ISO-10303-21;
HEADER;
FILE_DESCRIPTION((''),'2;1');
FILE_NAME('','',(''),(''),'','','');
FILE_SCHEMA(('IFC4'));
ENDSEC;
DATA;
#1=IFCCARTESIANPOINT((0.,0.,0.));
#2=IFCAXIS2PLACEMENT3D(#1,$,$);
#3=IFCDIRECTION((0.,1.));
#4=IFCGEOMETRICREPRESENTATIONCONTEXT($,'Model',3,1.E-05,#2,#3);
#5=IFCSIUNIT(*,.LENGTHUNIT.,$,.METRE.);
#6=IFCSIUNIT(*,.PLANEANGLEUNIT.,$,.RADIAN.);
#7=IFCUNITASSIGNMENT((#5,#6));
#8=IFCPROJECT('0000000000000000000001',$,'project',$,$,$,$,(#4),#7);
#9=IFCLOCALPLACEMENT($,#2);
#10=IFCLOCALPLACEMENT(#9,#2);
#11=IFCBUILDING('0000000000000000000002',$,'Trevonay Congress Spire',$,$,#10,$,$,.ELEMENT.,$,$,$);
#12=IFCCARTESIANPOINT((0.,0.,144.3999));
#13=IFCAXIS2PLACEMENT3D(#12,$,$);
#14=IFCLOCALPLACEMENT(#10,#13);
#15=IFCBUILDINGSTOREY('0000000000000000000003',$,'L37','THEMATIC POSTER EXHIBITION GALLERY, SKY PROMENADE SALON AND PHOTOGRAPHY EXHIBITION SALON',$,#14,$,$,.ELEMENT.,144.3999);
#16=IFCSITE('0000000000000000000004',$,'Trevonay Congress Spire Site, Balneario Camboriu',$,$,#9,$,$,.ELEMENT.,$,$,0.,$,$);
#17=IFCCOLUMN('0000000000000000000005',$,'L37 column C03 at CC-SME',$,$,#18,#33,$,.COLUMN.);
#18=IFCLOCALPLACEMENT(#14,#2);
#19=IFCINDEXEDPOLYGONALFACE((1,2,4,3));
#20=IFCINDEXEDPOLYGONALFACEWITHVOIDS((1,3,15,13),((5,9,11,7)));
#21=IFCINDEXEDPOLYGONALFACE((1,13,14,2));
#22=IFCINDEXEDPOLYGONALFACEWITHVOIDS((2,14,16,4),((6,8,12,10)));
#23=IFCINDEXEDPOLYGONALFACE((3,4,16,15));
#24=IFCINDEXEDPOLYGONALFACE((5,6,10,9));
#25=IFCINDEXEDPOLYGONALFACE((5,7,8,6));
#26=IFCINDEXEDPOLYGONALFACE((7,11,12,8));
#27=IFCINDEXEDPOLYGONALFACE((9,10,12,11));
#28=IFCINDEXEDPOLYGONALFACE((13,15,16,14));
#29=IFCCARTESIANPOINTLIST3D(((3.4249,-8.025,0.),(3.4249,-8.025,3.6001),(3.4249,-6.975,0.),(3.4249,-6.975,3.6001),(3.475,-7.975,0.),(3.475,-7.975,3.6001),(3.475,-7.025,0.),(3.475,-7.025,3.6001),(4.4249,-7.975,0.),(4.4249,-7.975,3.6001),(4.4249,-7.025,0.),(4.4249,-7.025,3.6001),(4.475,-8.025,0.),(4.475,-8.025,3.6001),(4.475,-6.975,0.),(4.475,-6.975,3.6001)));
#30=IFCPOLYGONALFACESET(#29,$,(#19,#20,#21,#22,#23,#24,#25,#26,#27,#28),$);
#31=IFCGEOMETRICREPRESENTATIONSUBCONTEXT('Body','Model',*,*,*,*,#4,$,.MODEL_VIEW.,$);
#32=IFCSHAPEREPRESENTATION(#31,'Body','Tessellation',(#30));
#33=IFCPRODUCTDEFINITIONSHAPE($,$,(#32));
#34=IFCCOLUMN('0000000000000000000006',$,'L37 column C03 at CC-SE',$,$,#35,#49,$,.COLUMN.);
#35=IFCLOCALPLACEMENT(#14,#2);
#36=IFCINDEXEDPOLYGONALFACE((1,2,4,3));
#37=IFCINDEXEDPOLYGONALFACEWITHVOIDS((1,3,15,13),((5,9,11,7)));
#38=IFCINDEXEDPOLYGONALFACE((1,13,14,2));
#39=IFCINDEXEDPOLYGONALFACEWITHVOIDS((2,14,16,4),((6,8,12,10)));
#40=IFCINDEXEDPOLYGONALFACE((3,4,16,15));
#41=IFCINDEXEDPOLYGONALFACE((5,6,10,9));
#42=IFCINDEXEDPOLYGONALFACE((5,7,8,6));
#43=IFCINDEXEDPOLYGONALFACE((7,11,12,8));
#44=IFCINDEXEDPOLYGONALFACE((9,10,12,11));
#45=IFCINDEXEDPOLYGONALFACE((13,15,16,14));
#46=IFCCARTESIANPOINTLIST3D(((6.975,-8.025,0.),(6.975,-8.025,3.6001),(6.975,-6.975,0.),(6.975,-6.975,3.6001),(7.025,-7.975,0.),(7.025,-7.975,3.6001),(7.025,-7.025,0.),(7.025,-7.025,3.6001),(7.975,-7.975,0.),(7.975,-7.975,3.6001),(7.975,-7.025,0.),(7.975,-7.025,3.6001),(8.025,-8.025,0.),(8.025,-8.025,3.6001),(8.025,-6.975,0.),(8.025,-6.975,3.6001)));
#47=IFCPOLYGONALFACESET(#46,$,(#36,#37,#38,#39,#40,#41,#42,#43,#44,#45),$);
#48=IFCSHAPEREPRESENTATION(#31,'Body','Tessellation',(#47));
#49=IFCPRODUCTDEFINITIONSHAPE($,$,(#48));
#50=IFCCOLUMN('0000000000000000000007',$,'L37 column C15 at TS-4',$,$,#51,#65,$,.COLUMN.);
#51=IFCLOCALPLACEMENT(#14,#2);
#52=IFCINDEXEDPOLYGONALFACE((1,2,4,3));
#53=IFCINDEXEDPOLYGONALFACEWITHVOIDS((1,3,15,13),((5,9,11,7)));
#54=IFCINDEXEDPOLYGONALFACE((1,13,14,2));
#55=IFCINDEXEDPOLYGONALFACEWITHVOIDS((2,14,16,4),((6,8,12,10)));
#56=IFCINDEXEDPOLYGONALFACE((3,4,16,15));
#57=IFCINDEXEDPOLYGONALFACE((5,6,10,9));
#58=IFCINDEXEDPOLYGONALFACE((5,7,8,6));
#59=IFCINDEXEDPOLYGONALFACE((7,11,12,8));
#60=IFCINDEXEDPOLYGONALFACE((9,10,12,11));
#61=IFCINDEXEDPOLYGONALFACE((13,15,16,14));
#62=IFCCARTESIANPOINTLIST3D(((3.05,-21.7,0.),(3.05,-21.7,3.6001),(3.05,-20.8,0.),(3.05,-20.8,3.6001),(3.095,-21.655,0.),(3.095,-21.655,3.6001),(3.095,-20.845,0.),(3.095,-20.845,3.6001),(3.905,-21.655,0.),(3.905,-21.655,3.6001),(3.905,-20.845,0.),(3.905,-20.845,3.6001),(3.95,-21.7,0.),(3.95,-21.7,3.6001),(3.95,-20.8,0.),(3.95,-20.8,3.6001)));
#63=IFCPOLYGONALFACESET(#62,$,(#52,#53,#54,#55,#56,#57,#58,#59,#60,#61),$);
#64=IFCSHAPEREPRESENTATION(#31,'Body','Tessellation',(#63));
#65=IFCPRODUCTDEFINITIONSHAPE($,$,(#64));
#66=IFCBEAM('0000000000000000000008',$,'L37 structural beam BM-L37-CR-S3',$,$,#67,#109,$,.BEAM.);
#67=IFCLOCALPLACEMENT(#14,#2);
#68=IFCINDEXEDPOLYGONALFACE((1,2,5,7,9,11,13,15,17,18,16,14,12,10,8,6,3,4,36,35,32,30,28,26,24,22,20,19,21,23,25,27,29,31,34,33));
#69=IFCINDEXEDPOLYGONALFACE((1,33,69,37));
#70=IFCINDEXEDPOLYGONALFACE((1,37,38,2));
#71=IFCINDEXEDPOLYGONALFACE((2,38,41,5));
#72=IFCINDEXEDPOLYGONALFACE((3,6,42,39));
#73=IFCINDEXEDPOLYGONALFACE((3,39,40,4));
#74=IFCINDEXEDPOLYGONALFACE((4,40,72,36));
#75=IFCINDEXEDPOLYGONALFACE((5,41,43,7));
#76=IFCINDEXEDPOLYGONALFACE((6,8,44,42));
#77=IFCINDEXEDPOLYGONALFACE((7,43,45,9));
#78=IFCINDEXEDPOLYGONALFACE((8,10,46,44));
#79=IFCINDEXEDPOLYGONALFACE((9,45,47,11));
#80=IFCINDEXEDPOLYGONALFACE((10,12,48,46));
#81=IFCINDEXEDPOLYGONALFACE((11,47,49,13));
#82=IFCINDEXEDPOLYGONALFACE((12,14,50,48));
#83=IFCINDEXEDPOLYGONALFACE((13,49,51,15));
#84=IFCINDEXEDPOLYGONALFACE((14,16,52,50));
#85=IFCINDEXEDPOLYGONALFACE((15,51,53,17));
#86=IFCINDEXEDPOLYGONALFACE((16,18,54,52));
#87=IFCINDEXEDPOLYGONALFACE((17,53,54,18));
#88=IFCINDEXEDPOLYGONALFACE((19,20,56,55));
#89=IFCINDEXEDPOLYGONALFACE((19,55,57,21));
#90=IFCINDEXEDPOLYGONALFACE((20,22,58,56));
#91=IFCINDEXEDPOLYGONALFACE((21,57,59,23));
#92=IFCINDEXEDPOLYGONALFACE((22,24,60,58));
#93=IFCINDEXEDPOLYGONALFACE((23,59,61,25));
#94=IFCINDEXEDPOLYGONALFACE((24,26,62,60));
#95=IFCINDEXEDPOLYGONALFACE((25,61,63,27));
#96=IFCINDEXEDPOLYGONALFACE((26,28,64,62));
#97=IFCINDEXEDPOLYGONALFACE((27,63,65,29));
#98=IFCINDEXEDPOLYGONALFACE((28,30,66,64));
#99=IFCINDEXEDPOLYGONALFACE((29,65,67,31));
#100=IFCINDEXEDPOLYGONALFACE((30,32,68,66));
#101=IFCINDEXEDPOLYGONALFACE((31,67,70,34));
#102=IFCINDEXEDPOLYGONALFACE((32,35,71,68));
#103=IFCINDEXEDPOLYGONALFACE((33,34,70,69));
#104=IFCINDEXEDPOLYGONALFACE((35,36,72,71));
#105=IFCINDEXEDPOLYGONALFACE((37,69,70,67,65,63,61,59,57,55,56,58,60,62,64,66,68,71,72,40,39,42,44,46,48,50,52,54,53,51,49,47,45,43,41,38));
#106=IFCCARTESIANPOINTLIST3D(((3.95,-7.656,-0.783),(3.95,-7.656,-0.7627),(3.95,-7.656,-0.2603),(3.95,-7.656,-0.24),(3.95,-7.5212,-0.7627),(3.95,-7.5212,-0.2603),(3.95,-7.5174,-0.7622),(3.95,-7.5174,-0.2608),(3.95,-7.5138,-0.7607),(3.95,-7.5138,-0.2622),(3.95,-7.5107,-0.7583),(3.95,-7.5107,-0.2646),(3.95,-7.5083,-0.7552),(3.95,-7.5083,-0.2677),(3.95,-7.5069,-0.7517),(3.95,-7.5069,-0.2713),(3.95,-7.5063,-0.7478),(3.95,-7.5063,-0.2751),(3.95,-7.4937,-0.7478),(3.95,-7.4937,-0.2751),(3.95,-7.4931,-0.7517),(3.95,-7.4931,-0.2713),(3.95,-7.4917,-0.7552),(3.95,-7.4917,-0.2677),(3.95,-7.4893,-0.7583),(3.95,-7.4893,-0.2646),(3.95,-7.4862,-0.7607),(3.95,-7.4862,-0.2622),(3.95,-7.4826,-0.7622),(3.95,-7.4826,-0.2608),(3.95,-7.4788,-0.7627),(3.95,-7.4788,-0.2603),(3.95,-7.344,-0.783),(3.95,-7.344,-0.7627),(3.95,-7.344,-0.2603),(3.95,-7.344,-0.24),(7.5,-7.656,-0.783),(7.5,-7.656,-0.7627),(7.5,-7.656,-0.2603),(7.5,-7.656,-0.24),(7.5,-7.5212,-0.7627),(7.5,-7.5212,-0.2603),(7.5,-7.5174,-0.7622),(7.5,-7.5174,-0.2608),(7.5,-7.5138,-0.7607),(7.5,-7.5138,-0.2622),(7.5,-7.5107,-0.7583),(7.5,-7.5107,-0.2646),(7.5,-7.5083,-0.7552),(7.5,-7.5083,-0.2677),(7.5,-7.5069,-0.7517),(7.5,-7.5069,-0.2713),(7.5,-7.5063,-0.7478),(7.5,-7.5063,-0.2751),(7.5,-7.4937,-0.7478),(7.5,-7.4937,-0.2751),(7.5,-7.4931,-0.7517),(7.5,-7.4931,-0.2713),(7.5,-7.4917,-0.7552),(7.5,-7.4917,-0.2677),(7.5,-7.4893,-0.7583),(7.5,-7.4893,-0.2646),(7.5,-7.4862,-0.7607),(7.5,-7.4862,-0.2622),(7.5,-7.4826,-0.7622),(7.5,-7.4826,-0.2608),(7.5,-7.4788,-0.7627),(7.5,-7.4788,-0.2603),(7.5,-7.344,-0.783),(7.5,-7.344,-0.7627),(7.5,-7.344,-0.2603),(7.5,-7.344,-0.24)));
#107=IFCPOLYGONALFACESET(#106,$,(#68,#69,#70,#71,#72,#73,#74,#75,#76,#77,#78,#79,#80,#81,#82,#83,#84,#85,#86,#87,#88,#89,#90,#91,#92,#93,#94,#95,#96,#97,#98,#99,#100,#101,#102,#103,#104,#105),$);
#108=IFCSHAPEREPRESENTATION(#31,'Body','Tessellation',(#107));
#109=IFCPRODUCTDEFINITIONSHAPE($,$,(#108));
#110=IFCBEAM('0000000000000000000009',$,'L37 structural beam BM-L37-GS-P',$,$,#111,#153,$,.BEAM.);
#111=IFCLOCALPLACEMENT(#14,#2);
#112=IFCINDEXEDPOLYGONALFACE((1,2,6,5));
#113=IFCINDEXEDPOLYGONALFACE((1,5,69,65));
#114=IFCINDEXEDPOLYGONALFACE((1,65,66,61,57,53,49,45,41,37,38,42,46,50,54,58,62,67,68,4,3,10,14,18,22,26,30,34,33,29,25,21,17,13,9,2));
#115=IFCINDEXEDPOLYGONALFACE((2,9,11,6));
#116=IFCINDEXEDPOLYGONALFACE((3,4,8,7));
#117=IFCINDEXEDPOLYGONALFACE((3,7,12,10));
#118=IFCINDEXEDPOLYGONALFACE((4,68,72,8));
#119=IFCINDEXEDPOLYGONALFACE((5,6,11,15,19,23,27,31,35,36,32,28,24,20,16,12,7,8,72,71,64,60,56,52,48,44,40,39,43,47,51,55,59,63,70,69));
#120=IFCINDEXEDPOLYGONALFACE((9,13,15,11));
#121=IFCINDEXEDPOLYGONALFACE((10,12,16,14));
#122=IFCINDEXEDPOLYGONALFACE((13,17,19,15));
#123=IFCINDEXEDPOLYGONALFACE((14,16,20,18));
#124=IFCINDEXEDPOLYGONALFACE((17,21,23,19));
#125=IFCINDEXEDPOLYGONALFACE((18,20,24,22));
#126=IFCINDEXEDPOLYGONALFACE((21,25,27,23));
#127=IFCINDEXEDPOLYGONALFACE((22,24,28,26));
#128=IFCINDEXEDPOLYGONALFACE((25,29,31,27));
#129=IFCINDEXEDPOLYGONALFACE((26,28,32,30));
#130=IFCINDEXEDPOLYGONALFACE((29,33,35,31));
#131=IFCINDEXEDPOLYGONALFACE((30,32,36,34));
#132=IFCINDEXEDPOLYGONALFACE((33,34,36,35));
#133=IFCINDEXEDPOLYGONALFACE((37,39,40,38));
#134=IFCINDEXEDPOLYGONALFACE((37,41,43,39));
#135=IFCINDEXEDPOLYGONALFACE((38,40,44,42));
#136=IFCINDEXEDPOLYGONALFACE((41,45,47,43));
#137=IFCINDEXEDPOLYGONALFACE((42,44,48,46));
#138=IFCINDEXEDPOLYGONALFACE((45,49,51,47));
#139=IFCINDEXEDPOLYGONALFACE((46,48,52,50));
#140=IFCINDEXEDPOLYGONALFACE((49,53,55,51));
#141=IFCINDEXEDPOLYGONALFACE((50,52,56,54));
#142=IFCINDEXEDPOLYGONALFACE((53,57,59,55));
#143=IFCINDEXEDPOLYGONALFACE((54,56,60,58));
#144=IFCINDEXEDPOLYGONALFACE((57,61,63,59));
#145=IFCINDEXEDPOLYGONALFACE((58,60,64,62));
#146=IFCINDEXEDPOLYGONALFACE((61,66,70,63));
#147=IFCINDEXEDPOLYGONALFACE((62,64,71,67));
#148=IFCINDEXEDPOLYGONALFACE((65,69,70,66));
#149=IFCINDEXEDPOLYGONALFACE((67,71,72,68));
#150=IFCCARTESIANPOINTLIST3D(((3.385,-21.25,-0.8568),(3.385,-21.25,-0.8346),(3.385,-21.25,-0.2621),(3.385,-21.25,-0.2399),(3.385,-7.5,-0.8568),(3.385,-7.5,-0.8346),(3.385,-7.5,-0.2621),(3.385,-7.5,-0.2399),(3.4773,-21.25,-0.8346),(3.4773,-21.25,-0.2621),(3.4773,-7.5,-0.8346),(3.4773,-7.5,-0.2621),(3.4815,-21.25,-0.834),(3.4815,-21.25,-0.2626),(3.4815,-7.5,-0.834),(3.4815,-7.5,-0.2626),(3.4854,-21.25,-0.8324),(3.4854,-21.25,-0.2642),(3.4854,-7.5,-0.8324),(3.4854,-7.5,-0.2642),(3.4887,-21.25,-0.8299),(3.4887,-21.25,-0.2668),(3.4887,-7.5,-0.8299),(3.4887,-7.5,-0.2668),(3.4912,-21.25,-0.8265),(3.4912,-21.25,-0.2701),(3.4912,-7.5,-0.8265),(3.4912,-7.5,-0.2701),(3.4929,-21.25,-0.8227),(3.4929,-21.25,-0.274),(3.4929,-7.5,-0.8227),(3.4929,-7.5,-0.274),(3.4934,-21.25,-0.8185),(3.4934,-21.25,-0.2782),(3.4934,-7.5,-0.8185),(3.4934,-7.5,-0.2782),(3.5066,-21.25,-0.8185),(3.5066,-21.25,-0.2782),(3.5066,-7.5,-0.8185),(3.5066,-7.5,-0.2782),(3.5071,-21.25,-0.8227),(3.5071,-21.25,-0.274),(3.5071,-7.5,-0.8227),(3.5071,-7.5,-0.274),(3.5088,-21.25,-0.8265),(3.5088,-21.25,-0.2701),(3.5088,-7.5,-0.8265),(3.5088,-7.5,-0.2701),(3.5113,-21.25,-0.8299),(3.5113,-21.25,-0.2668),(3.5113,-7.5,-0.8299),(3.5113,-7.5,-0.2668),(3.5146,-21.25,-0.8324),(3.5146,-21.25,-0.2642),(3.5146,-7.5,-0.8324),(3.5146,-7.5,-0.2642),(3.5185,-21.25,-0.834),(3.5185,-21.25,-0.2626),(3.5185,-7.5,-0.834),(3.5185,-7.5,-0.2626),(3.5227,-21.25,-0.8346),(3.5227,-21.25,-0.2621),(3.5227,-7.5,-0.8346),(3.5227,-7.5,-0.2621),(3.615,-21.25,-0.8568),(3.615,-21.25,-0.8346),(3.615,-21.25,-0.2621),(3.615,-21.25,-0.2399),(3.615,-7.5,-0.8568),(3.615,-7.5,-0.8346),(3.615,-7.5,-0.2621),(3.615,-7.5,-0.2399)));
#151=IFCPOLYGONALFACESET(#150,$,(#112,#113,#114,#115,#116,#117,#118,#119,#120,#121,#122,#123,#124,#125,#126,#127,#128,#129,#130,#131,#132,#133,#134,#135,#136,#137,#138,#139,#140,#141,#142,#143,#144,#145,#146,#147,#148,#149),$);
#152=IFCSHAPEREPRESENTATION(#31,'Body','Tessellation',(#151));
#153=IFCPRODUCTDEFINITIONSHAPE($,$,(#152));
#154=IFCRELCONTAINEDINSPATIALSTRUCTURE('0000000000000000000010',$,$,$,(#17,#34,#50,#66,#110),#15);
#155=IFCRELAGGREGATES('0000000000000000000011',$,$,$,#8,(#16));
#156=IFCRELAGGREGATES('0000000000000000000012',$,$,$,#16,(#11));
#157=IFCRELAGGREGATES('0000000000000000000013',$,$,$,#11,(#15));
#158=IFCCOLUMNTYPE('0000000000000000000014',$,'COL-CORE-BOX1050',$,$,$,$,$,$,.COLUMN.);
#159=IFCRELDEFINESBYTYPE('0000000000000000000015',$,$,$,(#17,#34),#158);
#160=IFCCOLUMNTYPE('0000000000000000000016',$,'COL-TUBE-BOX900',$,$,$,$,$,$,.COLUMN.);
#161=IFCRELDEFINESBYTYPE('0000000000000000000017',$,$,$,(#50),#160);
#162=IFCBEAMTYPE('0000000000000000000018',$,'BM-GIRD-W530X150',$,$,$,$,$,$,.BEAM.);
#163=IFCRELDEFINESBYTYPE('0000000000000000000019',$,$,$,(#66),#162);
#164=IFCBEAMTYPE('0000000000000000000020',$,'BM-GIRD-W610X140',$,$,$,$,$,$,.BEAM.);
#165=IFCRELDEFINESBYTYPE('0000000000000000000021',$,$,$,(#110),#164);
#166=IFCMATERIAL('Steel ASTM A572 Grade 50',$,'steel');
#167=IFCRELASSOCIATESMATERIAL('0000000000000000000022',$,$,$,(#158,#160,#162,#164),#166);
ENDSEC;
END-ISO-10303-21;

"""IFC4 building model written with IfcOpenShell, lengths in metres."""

from ifc_helpers import new_model, si_unit, direction, frame, origin, origin_2d, place, context, subcontext, project, spatial, hollow_rectangle, i_section, extrude, material, material_profile, profile_set, type_object, element, save


model = new_model("IFC4")

# Units and contexts
model_context = context("Model", 3, precision=1e-05, world=origin(), true_north=direction((0.0, 1.0)))
body_context = subcontext(model_context, "Body", "Model", "MODEL_VIEW")
ifc_project = project(units=[si_unit("LENGTHUNIT", "METRE"), si_unit("PLANEANGLEUNIT", "RADIAN")], contexts=[model_context])

# Site, building, storey
site_placement = place(None, origin())
site = spatial("IfcSite", under=ifc_project, at=site_placement, Name="Trevonay Congress Spire Site, Balneario Camboriu", CompositionType="ELEMENT", RefElevation=0.0)
building_placement = place(site_placement, origin())
building = spatial("IfcBuilding", under=site, at=building_placement, Name="Trevonay Congress Spire", CompositionType="ELEMENT")
storey_placement = place(building_placement, frame((0.0, 0.0, 144.3999)))
storey = spatial("IfcBuildingStorey", under=building, at=storey_placement, Name="L37", Description="THEMATIC POSTER EXHIBITION GALLERY, SKY PROMENADE SALON AND PHOTOGRAPHY EXHIBITION SALON", CompositionType="ELEMENT", Elevation=144.3999)

# Columns
ifc_material_1 = material(Name="Steel ASTM A572 Grade 50", Category="steel")
ifc_material_profile_1 = material_profile(ifc_material_1, hollow_rectangle(XDim=1.05, YDim=1.05, WallThickness=0.05, at=origin_2d()), Name="BOX 1050x1050x50")
ifc_profile_set_1 = profile_set([ifc_material_profile_1], Name="Steel ASTM A572 Grade 50")
column_type_1 = type_object("IfcColumnType", Name="COL-CORE-BOX1050", PredefinedType="COLUMN", material=ifc_profile_set_1)
for number, where, z_axis, x_axis, name in (
    (1, (3.95, -7.5, 0.0), (0.0, 0.0, 1.0), (1.0, 0.0, 0.0), "L37 column C03 at CC-SME"),
    (2, (7.5, -7.5, 0.0), (0.0, 0.0, 1.0), (1.0, 0.0, 0.0), "L37 column C03 at CC-SE"),
):
    element("IfcColumn", number, at=place(storey_placement, frame(where, z_axis=z_axis, x_axis=x_axis)), inside=storey, type_object=column_type_1, Name=name, PredefinedType="COLUMN", context=body_context, shape_type="SweptSolid", body=[
        extrude(hollow_rectangle(XDim=1.05, YDim=1.05, WallThickness=0.05, at=origin_2d()), origin(), (0.0, 0.0, 1.0), 3.6001),
    ])
ifc_material_profile_2 = material_profile(ifc_material_1, hollow_rectangle(XDim=0.8999, YDim=0.8999, WallThickness=0.0449, at=origin_2d()), Name="BOX 900x900x45")
ifc_profile_set_2 = profile_set([ifc_material_profile_2], Name="Steel ASTM A572 Grade 50")
column_type_2 = type_object("IfcColumnType", Name="COL-TUBE-BOX900", PredefinedType="COLUMN", material=ifc_profile_set_2)
column_placement = place(storey_placement, frame((3.5, -21.25, 0.0), z_axis=(0.0, 0.0, 1.0), x_axis=(1.0, 0.0, 0.0)))
element("IfcColumn", 3, at=column_placement, inside=storey, type_object=column_type_2, Name="L37 column C15 at TS-4", PredefinedType="COLUMN", context=body_context, shape_type="SweptSolid", body=[
    extrude(hollow_rectangle(XDim=0.8999, YDim=0.8999, WallThickness=0.0449, at=origin_2d()), origin(), (0.0, 0.0, 1.0), 3.6001),
])

# Beams
ifc_material_profile_3 = material_profile(ifc_material_1, i_section(OverallWidth=0.312, OverallDepth=0.543, WebThickness=0.0127, FlangeThickness=0.0203, FilletRadius=0.0149, at=origin_2d()), Name="W530x150")
ifc_profile_set_3 = profile_set([ifc_material_profile_3], Name="Steel ASTM A572 Grade 50")
beam_type_1 = type_object("IfcBeamType", Name="BM-GIRD-W530X150", PredefinedType="BEAM", material=ifc_profile_set_3)
beam_1_placement = place(storey_placement, frame((3.95, -7.5, -0.5115), z_axis=(1.0, 0.0, 0.0), x_axis=(0.0, 1.0, 0.0)))
element("IfcBeam", 4, at=beam_1_placement, inside=storey, type_object=beam_type_1, Name="L37 structural beam BM-L37-CR-S3", PredefinedType="BEAM", context=body_context, shape_type="SweptSolid", body=[
    extrude(i_section(OverallWidth=0.312, OverallDepth=0.543, WebThickness=0.0127, FlangeThickness=0.0203, FilletRadius=0.0149, at=origin_2d()), origin(), (0.0, 0.0, 1.0), 3.55),
])
ifc_material_profile_4 = material_profile(ifc_material_1, i_section(OverallWidth=0.23, OverallDepth=0.6169, WebThickness=0.0132, FlangeThickness=0.0222, FilletRadius=0.0161, at=origin_2d()), Name="W610x140")
ifc_profile_set_4 = profile_set([ifc_material_profile_4], Name="Steel ASTM A572 Grade 50")
beam_type_2 = type_object("IfcBeamType", Name="BM-GIRD-W610X140", PredefinedType="BEAM", material=ifc_profile_set_4)
beam_2_placement = place(storey_placement, frame((3.5, -7.5, -0.5483), z_axis=(0.0, -1.0, 0.0), x_axis=(1.0, 0.0, 0.0)))
element("IfcBeam", 5, at=beam_2_placement, inside=storey, type_object=beam_type_2, Name="L37 structural beam BM-L37-GS-P", PredefinedType="BEAM", context=body_context, shape_type="SweptSolid", body=[
    extrude(i_section(OverallWidth=0.23, OverallDepth=0.6169, WebThickness=0.0132, FlangeThickness=0.0222, FilletRadius=0.0161, at=origin_2d()), origin(), (0.0, 0.0, 1.0), 13.75),
])

save(model, "model.ifc")
